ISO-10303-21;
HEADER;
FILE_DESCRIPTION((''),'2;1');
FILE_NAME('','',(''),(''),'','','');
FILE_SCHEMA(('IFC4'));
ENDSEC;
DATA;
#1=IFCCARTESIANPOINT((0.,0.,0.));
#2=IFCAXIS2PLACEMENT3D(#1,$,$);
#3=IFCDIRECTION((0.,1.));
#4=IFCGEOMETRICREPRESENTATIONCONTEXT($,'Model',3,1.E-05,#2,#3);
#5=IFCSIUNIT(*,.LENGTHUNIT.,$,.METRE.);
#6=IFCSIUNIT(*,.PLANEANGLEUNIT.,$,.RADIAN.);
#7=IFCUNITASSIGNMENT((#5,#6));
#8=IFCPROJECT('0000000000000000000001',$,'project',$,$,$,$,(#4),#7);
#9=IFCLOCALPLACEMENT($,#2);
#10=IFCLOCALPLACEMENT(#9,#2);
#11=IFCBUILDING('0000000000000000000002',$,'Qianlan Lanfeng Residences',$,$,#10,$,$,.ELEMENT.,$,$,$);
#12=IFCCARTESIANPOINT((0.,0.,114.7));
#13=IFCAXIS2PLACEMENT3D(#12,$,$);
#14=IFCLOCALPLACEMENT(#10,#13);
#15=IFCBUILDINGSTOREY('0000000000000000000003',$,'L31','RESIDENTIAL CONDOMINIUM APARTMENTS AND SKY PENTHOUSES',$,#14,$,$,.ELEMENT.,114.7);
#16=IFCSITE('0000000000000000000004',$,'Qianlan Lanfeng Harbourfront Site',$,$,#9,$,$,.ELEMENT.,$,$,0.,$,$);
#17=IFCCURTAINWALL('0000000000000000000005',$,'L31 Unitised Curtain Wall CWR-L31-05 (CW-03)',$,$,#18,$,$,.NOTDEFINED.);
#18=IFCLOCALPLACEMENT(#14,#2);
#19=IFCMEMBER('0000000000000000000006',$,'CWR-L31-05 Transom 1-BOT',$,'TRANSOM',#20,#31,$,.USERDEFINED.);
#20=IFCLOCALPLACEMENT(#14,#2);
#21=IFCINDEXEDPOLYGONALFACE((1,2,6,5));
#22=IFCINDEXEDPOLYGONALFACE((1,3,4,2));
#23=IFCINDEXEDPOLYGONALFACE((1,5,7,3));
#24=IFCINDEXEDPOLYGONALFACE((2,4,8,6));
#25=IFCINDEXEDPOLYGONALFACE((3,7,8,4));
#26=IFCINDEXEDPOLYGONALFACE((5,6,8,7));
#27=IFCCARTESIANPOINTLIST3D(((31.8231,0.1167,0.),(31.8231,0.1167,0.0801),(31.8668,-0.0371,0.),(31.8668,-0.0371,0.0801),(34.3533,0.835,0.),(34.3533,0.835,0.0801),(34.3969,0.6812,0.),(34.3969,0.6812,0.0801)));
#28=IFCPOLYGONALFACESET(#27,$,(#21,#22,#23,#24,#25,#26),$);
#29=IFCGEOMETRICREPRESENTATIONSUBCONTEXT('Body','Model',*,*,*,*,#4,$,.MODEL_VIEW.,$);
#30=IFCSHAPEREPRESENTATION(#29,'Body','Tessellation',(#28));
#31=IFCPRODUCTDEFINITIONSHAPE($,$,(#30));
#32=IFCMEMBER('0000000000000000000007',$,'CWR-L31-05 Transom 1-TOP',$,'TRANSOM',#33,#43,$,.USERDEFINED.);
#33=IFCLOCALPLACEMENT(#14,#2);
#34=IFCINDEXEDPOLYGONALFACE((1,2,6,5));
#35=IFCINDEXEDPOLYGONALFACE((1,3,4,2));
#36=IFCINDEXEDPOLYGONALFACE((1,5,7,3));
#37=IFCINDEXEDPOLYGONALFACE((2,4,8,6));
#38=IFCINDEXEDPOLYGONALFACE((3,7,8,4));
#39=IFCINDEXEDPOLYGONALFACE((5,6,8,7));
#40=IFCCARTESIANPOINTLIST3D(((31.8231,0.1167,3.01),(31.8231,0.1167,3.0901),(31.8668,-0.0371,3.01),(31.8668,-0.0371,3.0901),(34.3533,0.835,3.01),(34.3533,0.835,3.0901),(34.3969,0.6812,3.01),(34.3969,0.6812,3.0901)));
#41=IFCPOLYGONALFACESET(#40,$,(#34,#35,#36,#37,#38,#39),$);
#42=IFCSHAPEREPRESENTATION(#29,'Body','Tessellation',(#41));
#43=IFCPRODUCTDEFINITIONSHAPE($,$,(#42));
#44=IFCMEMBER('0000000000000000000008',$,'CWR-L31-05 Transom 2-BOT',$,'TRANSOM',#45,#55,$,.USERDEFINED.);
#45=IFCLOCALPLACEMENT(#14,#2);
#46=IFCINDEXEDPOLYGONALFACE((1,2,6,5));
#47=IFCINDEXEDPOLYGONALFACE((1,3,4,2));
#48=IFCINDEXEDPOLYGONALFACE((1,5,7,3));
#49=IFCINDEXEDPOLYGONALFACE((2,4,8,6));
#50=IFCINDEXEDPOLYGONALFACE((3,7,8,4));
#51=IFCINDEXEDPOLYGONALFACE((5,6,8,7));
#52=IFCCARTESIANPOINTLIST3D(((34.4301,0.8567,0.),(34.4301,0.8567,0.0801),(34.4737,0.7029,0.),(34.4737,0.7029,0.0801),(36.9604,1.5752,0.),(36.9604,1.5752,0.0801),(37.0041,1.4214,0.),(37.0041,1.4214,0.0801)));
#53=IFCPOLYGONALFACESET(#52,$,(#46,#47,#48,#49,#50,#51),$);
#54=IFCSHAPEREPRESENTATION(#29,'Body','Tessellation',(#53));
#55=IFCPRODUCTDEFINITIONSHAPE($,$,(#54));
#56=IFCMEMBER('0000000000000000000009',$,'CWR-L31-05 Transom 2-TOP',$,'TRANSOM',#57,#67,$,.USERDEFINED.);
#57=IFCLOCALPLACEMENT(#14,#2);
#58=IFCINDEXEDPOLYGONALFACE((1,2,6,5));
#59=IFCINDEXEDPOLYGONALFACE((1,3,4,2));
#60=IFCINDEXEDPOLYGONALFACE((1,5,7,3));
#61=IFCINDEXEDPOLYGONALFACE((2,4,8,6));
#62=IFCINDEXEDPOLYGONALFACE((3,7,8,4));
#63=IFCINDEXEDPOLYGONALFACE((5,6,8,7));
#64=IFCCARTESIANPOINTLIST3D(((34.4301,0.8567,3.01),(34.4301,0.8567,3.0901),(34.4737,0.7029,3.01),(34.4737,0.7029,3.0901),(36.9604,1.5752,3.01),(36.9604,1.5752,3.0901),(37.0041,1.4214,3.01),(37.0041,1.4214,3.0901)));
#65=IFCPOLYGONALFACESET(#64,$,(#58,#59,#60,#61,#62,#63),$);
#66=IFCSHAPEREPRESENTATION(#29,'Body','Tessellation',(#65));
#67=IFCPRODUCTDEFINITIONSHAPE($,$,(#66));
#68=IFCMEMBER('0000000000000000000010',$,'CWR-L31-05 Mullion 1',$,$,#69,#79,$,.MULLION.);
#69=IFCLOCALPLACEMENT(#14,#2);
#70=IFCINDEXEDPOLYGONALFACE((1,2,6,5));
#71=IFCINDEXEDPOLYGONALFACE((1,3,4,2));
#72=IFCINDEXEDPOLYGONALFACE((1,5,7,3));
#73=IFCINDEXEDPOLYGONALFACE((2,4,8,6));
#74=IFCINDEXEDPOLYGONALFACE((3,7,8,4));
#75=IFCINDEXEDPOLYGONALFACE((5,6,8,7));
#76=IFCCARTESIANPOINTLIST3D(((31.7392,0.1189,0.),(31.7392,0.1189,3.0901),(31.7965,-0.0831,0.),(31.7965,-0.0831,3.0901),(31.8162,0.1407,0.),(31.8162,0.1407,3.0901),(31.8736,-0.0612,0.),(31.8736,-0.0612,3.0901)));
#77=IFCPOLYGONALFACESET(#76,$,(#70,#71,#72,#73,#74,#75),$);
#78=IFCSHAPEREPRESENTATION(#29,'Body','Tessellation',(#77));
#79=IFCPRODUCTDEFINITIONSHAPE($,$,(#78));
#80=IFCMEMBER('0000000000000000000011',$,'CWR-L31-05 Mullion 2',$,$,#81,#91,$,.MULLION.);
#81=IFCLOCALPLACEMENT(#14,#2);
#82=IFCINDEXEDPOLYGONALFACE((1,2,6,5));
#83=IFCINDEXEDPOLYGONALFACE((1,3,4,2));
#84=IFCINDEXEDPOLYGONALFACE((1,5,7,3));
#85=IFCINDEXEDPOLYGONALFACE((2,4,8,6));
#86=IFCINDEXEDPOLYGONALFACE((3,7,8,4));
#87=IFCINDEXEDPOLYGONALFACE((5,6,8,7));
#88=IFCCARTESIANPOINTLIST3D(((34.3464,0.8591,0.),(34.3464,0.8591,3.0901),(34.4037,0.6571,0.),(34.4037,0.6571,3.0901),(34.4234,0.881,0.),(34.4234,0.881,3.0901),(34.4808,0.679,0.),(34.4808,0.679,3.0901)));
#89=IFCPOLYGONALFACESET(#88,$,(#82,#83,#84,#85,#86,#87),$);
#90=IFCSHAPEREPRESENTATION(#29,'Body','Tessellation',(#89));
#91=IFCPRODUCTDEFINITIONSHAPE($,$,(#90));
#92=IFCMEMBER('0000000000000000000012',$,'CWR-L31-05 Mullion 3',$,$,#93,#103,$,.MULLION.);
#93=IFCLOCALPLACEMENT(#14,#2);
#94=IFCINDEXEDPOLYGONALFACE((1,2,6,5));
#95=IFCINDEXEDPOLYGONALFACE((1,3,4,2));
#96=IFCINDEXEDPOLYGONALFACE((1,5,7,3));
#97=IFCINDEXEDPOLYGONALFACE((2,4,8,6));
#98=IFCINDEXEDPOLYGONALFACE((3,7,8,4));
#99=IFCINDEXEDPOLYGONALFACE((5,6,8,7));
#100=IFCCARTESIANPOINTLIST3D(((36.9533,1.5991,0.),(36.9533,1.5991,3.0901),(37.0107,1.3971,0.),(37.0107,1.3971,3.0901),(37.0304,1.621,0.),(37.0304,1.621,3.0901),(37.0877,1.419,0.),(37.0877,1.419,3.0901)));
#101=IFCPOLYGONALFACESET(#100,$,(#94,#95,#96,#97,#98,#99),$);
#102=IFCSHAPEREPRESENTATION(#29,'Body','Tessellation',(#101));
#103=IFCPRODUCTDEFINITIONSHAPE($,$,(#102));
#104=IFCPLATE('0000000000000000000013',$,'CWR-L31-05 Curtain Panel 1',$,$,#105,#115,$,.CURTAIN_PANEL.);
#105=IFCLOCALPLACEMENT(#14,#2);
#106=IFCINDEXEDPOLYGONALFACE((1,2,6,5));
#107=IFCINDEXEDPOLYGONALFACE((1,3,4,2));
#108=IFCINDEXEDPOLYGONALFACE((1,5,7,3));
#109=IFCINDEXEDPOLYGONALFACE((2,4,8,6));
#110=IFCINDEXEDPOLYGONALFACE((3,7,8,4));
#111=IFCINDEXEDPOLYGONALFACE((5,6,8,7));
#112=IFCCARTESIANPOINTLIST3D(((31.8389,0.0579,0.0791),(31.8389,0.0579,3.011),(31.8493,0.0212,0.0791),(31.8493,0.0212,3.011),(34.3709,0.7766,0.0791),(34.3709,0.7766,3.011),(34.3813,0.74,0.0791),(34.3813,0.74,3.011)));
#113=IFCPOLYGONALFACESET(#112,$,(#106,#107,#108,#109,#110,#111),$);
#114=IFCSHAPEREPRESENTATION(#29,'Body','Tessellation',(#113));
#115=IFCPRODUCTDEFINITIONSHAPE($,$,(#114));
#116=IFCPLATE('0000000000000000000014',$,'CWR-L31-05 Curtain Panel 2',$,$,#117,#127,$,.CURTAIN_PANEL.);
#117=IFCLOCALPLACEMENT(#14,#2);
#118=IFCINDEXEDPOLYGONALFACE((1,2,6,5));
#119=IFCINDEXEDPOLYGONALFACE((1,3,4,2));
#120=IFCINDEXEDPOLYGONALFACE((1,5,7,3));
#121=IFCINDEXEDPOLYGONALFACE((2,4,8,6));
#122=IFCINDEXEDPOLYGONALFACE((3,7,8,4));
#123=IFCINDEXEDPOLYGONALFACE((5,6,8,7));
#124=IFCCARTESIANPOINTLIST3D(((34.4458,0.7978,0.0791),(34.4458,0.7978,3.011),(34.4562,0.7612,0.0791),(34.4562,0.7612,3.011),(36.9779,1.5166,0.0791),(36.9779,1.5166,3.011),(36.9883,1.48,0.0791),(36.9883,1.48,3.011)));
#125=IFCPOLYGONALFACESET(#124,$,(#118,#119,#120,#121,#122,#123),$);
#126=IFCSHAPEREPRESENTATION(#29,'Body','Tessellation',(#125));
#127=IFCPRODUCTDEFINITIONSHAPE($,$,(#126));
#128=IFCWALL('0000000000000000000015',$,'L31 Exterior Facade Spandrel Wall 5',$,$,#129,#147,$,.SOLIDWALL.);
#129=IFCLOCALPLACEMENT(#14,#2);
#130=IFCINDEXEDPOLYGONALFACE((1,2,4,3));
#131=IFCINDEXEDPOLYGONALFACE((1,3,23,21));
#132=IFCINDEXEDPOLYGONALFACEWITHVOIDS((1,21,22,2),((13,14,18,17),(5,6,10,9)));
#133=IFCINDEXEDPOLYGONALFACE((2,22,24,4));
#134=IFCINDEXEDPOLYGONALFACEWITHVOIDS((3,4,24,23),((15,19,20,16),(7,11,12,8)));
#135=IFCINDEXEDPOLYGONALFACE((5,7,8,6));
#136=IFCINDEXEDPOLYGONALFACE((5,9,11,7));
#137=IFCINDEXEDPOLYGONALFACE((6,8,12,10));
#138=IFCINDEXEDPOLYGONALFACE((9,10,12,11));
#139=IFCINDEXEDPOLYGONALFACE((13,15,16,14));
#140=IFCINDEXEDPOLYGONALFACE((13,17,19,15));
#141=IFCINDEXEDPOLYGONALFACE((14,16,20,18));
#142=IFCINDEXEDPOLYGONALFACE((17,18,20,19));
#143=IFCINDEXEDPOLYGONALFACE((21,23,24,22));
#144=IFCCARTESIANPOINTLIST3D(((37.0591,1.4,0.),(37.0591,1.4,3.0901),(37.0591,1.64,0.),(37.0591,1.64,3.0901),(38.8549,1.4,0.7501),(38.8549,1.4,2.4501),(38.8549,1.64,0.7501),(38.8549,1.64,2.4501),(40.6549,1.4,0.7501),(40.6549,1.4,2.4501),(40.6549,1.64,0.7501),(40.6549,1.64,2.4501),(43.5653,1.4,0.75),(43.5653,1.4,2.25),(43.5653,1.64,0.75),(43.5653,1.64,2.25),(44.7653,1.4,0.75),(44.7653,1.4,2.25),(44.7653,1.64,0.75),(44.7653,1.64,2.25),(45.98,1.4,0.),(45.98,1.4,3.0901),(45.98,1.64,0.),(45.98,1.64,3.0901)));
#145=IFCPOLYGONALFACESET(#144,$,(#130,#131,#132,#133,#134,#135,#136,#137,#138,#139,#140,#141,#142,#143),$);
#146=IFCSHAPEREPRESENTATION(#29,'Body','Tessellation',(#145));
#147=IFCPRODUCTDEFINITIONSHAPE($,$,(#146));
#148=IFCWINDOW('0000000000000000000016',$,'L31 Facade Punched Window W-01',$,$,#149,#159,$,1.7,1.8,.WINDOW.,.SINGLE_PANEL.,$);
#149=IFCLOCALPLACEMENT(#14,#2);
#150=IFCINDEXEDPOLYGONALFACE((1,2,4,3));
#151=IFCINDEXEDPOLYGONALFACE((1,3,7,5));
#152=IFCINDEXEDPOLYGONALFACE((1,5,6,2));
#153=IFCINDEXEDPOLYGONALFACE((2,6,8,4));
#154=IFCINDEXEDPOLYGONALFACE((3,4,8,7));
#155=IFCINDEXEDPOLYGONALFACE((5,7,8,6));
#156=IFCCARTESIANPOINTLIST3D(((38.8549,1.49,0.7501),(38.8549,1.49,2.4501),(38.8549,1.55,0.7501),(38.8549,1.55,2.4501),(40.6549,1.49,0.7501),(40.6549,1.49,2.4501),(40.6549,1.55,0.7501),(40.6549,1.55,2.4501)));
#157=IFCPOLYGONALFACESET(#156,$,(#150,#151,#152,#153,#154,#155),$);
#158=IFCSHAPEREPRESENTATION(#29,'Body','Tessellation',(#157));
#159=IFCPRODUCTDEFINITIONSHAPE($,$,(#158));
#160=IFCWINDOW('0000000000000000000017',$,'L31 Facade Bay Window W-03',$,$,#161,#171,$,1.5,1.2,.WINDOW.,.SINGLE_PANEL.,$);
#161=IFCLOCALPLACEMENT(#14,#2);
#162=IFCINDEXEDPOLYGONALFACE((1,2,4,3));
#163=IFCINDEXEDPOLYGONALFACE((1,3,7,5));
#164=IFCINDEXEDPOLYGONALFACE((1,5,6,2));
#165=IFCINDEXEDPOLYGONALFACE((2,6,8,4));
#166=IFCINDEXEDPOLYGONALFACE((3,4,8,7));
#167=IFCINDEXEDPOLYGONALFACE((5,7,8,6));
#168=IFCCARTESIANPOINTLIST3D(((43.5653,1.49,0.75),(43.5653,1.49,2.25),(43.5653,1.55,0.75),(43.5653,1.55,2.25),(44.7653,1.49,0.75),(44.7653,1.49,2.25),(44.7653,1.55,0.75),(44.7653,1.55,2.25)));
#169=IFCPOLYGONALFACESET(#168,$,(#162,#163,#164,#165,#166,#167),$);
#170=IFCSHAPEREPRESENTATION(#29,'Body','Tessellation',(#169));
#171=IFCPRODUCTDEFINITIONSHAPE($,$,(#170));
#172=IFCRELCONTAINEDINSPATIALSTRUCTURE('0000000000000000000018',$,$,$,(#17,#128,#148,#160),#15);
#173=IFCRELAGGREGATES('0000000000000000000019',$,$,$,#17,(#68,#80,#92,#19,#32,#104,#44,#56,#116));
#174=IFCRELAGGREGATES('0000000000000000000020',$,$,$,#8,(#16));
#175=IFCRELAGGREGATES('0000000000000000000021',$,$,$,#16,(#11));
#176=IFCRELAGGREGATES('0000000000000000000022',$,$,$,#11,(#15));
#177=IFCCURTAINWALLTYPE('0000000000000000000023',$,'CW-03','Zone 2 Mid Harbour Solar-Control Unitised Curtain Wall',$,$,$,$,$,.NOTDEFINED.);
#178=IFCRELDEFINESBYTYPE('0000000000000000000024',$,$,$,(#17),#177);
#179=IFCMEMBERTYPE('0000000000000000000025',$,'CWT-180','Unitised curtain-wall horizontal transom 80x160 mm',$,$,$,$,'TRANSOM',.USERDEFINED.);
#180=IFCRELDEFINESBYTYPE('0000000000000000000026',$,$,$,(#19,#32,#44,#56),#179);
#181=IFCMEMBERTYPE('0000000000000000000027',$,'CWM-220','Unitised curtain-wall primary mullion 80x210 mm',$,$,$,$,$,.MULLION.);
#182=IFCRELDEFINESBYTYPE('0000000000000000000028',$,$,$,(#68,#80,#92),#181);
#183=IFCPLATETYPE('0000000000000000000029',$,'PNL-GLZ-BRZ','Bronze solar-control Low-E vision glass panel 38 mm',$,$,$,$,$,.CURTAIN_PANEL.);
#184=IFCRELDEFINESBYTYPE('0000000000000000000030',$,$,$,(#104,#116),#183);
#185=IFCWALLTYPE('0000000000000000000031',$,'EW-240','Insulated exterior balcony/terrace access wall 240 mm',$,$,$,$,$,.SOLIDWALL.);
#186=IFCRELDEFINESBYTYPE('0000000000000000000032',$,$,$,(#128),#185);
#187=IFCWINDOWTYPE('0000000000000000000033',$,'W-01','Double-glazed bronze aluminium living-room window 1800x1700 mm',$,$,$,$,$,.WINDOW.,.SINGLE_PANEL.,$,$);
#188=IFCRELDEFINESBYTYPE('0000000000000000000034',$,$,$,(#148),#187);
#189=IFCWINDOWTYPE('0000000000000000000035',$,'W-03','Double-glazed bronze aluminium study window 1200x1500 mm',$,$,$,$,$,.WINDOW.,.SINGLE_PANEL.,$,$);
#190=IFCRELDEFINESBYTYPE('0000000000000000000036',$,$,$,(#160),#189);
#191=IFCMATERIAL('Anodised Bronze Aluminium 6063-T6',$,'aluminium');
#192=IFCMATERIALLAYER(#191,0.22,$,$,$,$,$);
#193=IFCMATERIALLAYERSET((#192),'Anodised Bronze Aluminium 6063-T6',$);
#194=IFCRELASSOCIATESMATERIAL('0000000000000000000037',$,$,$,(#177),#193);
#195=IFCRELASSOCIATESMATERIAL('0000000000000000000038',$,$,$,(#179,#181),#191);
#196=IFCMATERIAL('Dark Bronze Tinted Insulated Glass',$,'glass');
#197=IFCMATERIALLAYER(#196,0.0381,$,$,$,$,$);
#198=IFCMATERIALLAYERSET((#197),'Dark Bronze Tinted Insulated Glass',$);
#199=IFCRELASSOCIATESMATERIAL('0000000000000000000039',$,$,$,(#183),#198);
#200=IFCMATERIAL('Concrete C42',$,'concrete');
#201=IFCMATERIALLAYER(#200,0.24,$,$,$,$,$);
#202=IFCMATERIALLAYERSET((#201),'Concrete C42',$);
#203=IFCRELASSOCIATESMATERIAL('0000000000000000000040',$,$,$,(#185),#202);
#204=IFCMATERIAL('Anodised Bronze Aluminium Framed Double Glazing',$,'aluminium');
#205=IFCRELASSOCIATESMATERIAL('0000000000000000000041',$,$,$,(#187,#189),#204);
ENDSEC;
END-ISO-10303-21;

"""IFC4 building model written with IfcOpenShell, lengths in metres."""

from ifc_helpers import new_model, si_unit, direction, frame, frame_2d, origin, origin_2d, place, context, subcontext, project, spatial, rectangle, extrude, source, transform, mapped, material, layer, layer_set, material_profile, profile_set, type_object, element, fill, aggregate, save


model = new_model("IFC4")

# Units and contexts
model_context = context("Model", 3, precision=1e-05, world=origin(), true_north=direction((0.0, 1.0)))
body_context = subcontext(model_context, "Body", "Model", "MODEL_VIEW")
ifc_project = project(units=[si_unit("LENGTHUNIT", "METRE"), si_unit("PLANEANGLEUNIT", "RADIAN")], contexts=[model_context])

# Site, building, storey
site_placement = place(None, origin())
site = spatial("IfcSite", under=ifc_project, at=site_placement, Name="Qianlan Lanfeng Harbourfront Site", CompositionType="ELEMENT", RefElevation=0.0)
building_placement = place(site_placement, origin())
building = spatial("IfcBuilding", under=site, at=building_placement, Name="Qianlan Lanfeng Residences", CompositionType="ELEMENT")
storey_placement = place(building_placement, frame((0.0, 0.0, 114.7)))
storey = spatial("IfcBuildingStorey", under=building, at=storey_placement, Name="L31", Description="RESIDENTIAL CONDOMINIUM APARTMENTS AND SKY PENTHOUSES", CompositionType="ELEMENT", Elevation=114.7)

# Curtain wall, members, plates
ifc_material_1 = material(Name="Anodised Bronze Aluminium 6063-T6", Category="aluminium")
ifc_layer_1 = layer(ifc_material_1, 0.22)
ifc_layer_set_1 = layer_set([ifc_layer_1], Name="Anodised Bronze Aluminium 6063-T6")
curtain_wall_type = type_object("IfcCurtainWallType", Name="CW-03", Description="Zone 2 Mid Harbour Solar-Control Unitised Curtain Wall", PredefinedType="NOTDEFINED", material=ifc_layer_set_1)
curtain_wall_placement = place(storey_placement, origin())
curtain_wall = element("IfcCurtainWall", 1, at=curtain_wall_placement, inside=storey, type_object=curtain_wall_type, Name="L31 Unitised Curtain Wall CWR-L31-05 (CW-03)", PredefinedType="NOTDEFINED")
ifc_material_profile_1 = material_profile(ifc_material_1, rectangle(XDim=0.0801, YDim=0.1599, at=origin_2d()), Name="ALU TRANSOM 80x160")
ifc_profile_set_1 = profile_set([ifc_material_profile_1], Name="Anodised Bronze Aluminium 6063-T6")
member_type_1 = type_object("IfcMemberType", Name="CWT-180", Description="Unitised curtain-wall horizontal transom 80x160 mm", ElementType="TRANSOM", PredefinedType="USERDEFINED", material=ifc_profile_set_1)
shared_shape_1 = source(origin(), body_context, "Body", "SweptSolid", [
    extrude(rectangle(XDim=0.0801, YDim=0.1599, at=origin_2d()), origin(), (0.0, 0.0, 1.0), 2.6301),
])
member_1_placement = place(storey_placement, frame((31.845, 0.0398, 0.04), z_axis=(0.961985, 0.273102, 0.0), x_axis=(0.0, 0.0, 1.0)))
member_1 = element("IfcMember", 2, at=member_1_placement, type_object=member_type_1, Name="CWR-L31-05 Transom 1-BOT", ObjectType="TRANSOM", PredefinedType="USERDEFINED", context=body_context, shape_type="MappedRepresentation", body=[
    mapped(shared_shape_1, transform((0.0, 0.0, 0.0), scale=1.0)),
])
member_2_placement = place(storey_placement, frame((31.845, 0.0398, 3.05), z_axis=(0.961985, 0.273102, 0.0), x_axis=(0.0, 0.0, 1.0)))
member_2 = element("IfcMember", 3, at=member_2_placement, type_object=member_type_1, Name="CWR-L31-05 Transom 1-TOP", ObjectType="TRANSOM", PredefinedType="USERDEFINED", context=body_context, shape_type="MappedRepresentation", body=[
    mapped(shared_shape_1, transform((0.0, 0.0, 0.0), scale=1.0)),
])
shared_shape_2 = source(origin(), body_context, "Body", "SweptSolid", [
    extrude(rectangle(XDim=0.0801, YDim=0.1599, at=origin_2d()), origin(), (0.0, 0.0, 1.0), 2.6304),
])
member_3_placement = place(storey_placement, frame((34.4519, 0.7798, 0.04), z_axis=(0.961968, 0.273164, 0.0), x_axis=(0.0, 0.0, 1.0)))
member_3 = element("IfcMember", 4, at=member_3_placement, type_object=member_type_1, Name="CWR-L31-05 Transom 2-BOT", ObjectType="TRANSOM", PredefinedType="USERDEFINED", context=body_context, shape_type="MappedRepresentation", body=[
    mapped(shared_shape_2, transform((0.0, 0.0, 0.0), scale=1.0)),
])
member_4_placement = place(storey_placement, frame((34.4519, 0.7798, 3.05), z_axis=(0.961968, 0.273164, 0.0), x_axis=(0.0, 0.0, 1.0)))
member_4 = element("IfcMember", 5, at=member_4_placement, type_object=member_type_1, Name="CWR-L31-05 Transom 2-TOP", ObjectType="TRANSOM", PredefinedType="USERDEFINED", context=body_context, shape_type="MappedRepresentation", body=[
    mapped(shared_shape_2, transform((0.0, 0.0, 0.0), scale=1.0)),
])
ifc_material_profile_2 = material_profile(ifc_material_1, rectangle(XDim=0.0801, YDim=0.21, at=origin_2d()), Name="ALU MULLION 80x210")
ifc_profile_set_2 = profile_set([ifc_material_profile_2], Name="Anodised Bronze Aluminium 6063-T6")
member_type_2 = type_object("IfcMemberType", Name="CWM-220", Description="Unitised curtain-wall primary mullion 80x210 mm", PredefinedType="MULLION", material=ifc_profile_set_2)
shared_shape_3 = source(origin(), body_context, "Body", "SweptSolid", [
    extrude(rectangle(XDim=0.0801, YDim=0.21, at=origin_2d()), origin(), (0.0, 0.0, 1.0), 3.0901),
])
member_5_placement = place(storey_placement, frame((31.8064, 0.0288, 0.0), z_axis=(0.0, 0.0, 1.0), x_axis=(0.961989, 0.273088, 0.0)))
member_5 = element("IfcMember", 6, at=member_5_placement, type_object=member_type_2, Name="CWR-L31-05 Mullion 1", PredefinedType="MULLION", context=body_context, shape_type="MappedRepresentation", body=[
    mapped(shared_shape_3, transform((0.0, 0.0, 0.0), scale=1.0)),
])
member_6_placement = place(storey_placement, frame((34.4136, 0.769, 0.0), z_axis=(0.0, 0.0, 1.0), x_axis=(0.961989, 0.273088, 0.0)))
member_6 = element("IfcMember", 7, at=member_6_placement, type_object=member_type_2, Name="CWR-L31-05 Mullion 2", PredefinedType="MULLION", context=body_context, shape_type="MappedRepresentation", body=[
    mapped(shared_shape_3, transform((0.0, 0.0, 0.0), scale=1.0)),
])
member_7_placement = place(storey_placement, frame((37.0205, 1.509, 0.0), z_axis=(0.0, 0.0, 1.0), x_axis=(0.961989, 0.273088, 0.0)))
member_7 = element("IfcMember", 8, at=member_7_placement, type_object=member_type_2, Name="CWR-L31-05 Mullion 3", PredefinedType="MULLION", context=body_context, shape_type="MappedRepresentation", body=[
    mapped(shared_shape_3, transform((0.0, 0.0, 0.0), scale=1.0)),
])
ifc_material_2 = material(Name="Dark Bronze Tinted Insulated Glass", Category="glass")
ifc_layer_2 = layer(ifc_material_2, 0.0381)
ifc_layer_set_2 = layer_set([ifc_layer_2], Name="Dark Bronze Tinted Insulated Glass")
plate_type = type_object("IfcPlateType", Name="PNL-GLZ-BRZ", Description="Bronze solar-control Low-E vision glass panel 38 mm", PredefinedType="CURTAIN_PANEL", material=ifc_layer_set_2)
shared_shape_4 = source(origin(), body_context, "Body", "SweptSolid", [
    extrude(rectangle(XDim=2.6321, YDim=0.0381, at=origin_2d()), origin(), (0.0, 0.0, 1.0), 2.9319),
])
plate_1_placement = place(storey_placement, frame((33.1101, 0.3989, 0.0791), z_axis=(0.0, 0.0, 1.0), x_axis=(0.961989, 0.273088, 0.0)))
plate_1 = element("IfcPlate", 9, at=plate_1_placement, type_object=plate_type, Name="CWR-L31-05 Curtain Panel 1", PredefinedType="CURTAIN_PANEL", context=body_context, shape_type="MappedRepresentation", body=[
    mapped(shared_shape_4, transform((0.0, 0.0, 0.0), scale=1.0)),
])
plate_2_placement = place(storey_placement, frame((35.717, 1.1389, 0.0791), z_axis=(0.0, 0.0, 1.0), x_axis=(0.961989, 0.273088, 0.0)))
plate_2 = element("IfcPlate", 10, at=plate_2_placement, type_object=plate_type, Name="CWR-L31-05 Curtain Panel 2", PredefinedType="CURTAIN_PANEL", context=body_context, shape_type="MappedRepresentation", body=[
    mapped(shared_shape_4, transform((0.0, 0.0, 0.0), scale=1.0)),
])
aggregate(curtain_wall, [member_5, member_6, member_7, member_1, member_2, plate_1, member_3, member_4, plate_2])

# Wall, openings, windows
ifc_material_3 = material(Name="Concrete C42", Category="concrete")
ifc_layer_3 = layer(ifc_material_3, 0.24)
ifc_layer_set_3 = layer_set([ifc_layer_3], Name="Concrete C42")
wall_type_1 = type_object("IfcWallType", Name="EW-240", Description="Insulated exterior balcony/terrace access wall 240 mm", PredefinedType="SOLIDWALL", material=ifc_layer_set_3)
wall_1_placement = place(storey_placement, frame((37.0591, 1.52, 0.0), z_axis=(0.0, 0.0, 1.0), x_axis=(1.0, 0.0, 0.0)))
wall_1 = element("IfcWall", 11, at=wall_1_placement, inside=storey, type_object=wall_type_1, Name="L31 Exterior Facade Spandrel Wall 5", PredefinedType="SOLIDWALL", context=body_context, shape_type="SweptSolid", body=[
    extrude(rectangle(XDim=8.9209, YDim=0.24, at=frame_2d((4.4604, 0.0))), origin(), (0.0, 0.0, 1.0), 3.0901),
])
opening_1_placement = place(wall_1_placement, frame((1.7959, 0.0, 0.75)))
opening_1 = element("IfcOpeningElement", 12, at=opening_1_placement, cuts=wall_1, PredefinedType="OPENING", context=body_context, shape_type="SweptSolid", body=[
    extrude(rectangle(XDim=1.8, YDim=1.7, at=frame_2d((0.8999, 0.8501))), frame((0.0, 0.1299, 0.0), z_axis=(0.0, -1.0, 0.0), x_axis=(1.0, 0.0, 0.0)), (0.0, 0.0, 1.0), 0.26),
])
opening_2_placement = place(wall_1_placement, frame((6.5061, 0.0, 0.75)))
opening_2 = element("IfcOpeningElement", 13, at=opening_2_placement, cuts=wall_1, PredefinedType="OPENING", context=body_context, shape_type="SweptSolid", body=[
    extrude(rectangle(XDim=1.2, YDim=1.5, at=frame_2d((0.6001, 0.75))), frame((0.0, 0.1299, 0.0), z_axis=(0.0, -1.0, 0.0), x_axis=(1.0, 0.0, 0.0)), (0.0, 0.0, 1.0), 0.26),
])
ifc_material_4 = material(Name="Anodised Bronze Aluminium Framed Double Glazing", Category="aluminium")
window_type_1 = type_object("IfcWindowType", Name="W-01", Description="Double-glazed bronze aluminium living-room window 1800x1700 mm", PartitioningType="SINGLE_PANEL", PredefinedType="WINDOW", material=ifc_material_4)
window_1_placement = place(opening_1_placement, origin())
window_1 = element("IfcWindow", 14, at=window_1_placement, inside=storey, type_object=window_type_1, Name="L31 Facade Punched Window W-01", OverallHeight=1.7, OverallWidth=1.8, PartitioningType="SINGLE_PANEL", PredefinedType="WINDOW", context=body_context, shape_type="SweptSolid", body=[
    extrude(rectangle(XDim=1.8, YDim=1.7, at=frame_2d((0.8999, 0.8501))), frame((0.0, 0.03, 0.0), z_axis=(0.0, -1.0, 0.0), x_axis=(1.0, 0.0, 0.0)), (0.0, 0.0, 1.0), 0.0601),
])
fill(opening_1, window_1)
window_type_2 = type_object("IfcWindowType", Name="W-03", Description="Double-glazed bronze aluminium study window 1200x1500 mm", PartitioningType="SINGLE_PANEL", PredefinedType="WINDOW", material=ifc_material_4)
window_2_placement = place(opening_2_placement, origin())
window_2 = element("IfcWindow", 15, at=window_2_placement, inside=storey, type_object=window_type_2, Name="L31 Facade Bay Window W-03", OverallHeight=1.5, OverallWidth=1.2, PartitioningType="SINGLE_PANEL", PredefinedType="WINDOW", context=body_context, shape_type="SweptSolid", body=[
    extrude(rectangle(XDim=1.2, YDim=1.5, at=frame_2d((0.6001, 0.75))), frame((0.0, 0.03, 0.0), z_axis=(0.0, -1.0, 0.0), x_axis=(1.0, 0.0, 0.0)), (0.0, 0.0, 1.0), 0.0601),
])
fill(opening_2, window_2)

save(model, "model.ifc")
